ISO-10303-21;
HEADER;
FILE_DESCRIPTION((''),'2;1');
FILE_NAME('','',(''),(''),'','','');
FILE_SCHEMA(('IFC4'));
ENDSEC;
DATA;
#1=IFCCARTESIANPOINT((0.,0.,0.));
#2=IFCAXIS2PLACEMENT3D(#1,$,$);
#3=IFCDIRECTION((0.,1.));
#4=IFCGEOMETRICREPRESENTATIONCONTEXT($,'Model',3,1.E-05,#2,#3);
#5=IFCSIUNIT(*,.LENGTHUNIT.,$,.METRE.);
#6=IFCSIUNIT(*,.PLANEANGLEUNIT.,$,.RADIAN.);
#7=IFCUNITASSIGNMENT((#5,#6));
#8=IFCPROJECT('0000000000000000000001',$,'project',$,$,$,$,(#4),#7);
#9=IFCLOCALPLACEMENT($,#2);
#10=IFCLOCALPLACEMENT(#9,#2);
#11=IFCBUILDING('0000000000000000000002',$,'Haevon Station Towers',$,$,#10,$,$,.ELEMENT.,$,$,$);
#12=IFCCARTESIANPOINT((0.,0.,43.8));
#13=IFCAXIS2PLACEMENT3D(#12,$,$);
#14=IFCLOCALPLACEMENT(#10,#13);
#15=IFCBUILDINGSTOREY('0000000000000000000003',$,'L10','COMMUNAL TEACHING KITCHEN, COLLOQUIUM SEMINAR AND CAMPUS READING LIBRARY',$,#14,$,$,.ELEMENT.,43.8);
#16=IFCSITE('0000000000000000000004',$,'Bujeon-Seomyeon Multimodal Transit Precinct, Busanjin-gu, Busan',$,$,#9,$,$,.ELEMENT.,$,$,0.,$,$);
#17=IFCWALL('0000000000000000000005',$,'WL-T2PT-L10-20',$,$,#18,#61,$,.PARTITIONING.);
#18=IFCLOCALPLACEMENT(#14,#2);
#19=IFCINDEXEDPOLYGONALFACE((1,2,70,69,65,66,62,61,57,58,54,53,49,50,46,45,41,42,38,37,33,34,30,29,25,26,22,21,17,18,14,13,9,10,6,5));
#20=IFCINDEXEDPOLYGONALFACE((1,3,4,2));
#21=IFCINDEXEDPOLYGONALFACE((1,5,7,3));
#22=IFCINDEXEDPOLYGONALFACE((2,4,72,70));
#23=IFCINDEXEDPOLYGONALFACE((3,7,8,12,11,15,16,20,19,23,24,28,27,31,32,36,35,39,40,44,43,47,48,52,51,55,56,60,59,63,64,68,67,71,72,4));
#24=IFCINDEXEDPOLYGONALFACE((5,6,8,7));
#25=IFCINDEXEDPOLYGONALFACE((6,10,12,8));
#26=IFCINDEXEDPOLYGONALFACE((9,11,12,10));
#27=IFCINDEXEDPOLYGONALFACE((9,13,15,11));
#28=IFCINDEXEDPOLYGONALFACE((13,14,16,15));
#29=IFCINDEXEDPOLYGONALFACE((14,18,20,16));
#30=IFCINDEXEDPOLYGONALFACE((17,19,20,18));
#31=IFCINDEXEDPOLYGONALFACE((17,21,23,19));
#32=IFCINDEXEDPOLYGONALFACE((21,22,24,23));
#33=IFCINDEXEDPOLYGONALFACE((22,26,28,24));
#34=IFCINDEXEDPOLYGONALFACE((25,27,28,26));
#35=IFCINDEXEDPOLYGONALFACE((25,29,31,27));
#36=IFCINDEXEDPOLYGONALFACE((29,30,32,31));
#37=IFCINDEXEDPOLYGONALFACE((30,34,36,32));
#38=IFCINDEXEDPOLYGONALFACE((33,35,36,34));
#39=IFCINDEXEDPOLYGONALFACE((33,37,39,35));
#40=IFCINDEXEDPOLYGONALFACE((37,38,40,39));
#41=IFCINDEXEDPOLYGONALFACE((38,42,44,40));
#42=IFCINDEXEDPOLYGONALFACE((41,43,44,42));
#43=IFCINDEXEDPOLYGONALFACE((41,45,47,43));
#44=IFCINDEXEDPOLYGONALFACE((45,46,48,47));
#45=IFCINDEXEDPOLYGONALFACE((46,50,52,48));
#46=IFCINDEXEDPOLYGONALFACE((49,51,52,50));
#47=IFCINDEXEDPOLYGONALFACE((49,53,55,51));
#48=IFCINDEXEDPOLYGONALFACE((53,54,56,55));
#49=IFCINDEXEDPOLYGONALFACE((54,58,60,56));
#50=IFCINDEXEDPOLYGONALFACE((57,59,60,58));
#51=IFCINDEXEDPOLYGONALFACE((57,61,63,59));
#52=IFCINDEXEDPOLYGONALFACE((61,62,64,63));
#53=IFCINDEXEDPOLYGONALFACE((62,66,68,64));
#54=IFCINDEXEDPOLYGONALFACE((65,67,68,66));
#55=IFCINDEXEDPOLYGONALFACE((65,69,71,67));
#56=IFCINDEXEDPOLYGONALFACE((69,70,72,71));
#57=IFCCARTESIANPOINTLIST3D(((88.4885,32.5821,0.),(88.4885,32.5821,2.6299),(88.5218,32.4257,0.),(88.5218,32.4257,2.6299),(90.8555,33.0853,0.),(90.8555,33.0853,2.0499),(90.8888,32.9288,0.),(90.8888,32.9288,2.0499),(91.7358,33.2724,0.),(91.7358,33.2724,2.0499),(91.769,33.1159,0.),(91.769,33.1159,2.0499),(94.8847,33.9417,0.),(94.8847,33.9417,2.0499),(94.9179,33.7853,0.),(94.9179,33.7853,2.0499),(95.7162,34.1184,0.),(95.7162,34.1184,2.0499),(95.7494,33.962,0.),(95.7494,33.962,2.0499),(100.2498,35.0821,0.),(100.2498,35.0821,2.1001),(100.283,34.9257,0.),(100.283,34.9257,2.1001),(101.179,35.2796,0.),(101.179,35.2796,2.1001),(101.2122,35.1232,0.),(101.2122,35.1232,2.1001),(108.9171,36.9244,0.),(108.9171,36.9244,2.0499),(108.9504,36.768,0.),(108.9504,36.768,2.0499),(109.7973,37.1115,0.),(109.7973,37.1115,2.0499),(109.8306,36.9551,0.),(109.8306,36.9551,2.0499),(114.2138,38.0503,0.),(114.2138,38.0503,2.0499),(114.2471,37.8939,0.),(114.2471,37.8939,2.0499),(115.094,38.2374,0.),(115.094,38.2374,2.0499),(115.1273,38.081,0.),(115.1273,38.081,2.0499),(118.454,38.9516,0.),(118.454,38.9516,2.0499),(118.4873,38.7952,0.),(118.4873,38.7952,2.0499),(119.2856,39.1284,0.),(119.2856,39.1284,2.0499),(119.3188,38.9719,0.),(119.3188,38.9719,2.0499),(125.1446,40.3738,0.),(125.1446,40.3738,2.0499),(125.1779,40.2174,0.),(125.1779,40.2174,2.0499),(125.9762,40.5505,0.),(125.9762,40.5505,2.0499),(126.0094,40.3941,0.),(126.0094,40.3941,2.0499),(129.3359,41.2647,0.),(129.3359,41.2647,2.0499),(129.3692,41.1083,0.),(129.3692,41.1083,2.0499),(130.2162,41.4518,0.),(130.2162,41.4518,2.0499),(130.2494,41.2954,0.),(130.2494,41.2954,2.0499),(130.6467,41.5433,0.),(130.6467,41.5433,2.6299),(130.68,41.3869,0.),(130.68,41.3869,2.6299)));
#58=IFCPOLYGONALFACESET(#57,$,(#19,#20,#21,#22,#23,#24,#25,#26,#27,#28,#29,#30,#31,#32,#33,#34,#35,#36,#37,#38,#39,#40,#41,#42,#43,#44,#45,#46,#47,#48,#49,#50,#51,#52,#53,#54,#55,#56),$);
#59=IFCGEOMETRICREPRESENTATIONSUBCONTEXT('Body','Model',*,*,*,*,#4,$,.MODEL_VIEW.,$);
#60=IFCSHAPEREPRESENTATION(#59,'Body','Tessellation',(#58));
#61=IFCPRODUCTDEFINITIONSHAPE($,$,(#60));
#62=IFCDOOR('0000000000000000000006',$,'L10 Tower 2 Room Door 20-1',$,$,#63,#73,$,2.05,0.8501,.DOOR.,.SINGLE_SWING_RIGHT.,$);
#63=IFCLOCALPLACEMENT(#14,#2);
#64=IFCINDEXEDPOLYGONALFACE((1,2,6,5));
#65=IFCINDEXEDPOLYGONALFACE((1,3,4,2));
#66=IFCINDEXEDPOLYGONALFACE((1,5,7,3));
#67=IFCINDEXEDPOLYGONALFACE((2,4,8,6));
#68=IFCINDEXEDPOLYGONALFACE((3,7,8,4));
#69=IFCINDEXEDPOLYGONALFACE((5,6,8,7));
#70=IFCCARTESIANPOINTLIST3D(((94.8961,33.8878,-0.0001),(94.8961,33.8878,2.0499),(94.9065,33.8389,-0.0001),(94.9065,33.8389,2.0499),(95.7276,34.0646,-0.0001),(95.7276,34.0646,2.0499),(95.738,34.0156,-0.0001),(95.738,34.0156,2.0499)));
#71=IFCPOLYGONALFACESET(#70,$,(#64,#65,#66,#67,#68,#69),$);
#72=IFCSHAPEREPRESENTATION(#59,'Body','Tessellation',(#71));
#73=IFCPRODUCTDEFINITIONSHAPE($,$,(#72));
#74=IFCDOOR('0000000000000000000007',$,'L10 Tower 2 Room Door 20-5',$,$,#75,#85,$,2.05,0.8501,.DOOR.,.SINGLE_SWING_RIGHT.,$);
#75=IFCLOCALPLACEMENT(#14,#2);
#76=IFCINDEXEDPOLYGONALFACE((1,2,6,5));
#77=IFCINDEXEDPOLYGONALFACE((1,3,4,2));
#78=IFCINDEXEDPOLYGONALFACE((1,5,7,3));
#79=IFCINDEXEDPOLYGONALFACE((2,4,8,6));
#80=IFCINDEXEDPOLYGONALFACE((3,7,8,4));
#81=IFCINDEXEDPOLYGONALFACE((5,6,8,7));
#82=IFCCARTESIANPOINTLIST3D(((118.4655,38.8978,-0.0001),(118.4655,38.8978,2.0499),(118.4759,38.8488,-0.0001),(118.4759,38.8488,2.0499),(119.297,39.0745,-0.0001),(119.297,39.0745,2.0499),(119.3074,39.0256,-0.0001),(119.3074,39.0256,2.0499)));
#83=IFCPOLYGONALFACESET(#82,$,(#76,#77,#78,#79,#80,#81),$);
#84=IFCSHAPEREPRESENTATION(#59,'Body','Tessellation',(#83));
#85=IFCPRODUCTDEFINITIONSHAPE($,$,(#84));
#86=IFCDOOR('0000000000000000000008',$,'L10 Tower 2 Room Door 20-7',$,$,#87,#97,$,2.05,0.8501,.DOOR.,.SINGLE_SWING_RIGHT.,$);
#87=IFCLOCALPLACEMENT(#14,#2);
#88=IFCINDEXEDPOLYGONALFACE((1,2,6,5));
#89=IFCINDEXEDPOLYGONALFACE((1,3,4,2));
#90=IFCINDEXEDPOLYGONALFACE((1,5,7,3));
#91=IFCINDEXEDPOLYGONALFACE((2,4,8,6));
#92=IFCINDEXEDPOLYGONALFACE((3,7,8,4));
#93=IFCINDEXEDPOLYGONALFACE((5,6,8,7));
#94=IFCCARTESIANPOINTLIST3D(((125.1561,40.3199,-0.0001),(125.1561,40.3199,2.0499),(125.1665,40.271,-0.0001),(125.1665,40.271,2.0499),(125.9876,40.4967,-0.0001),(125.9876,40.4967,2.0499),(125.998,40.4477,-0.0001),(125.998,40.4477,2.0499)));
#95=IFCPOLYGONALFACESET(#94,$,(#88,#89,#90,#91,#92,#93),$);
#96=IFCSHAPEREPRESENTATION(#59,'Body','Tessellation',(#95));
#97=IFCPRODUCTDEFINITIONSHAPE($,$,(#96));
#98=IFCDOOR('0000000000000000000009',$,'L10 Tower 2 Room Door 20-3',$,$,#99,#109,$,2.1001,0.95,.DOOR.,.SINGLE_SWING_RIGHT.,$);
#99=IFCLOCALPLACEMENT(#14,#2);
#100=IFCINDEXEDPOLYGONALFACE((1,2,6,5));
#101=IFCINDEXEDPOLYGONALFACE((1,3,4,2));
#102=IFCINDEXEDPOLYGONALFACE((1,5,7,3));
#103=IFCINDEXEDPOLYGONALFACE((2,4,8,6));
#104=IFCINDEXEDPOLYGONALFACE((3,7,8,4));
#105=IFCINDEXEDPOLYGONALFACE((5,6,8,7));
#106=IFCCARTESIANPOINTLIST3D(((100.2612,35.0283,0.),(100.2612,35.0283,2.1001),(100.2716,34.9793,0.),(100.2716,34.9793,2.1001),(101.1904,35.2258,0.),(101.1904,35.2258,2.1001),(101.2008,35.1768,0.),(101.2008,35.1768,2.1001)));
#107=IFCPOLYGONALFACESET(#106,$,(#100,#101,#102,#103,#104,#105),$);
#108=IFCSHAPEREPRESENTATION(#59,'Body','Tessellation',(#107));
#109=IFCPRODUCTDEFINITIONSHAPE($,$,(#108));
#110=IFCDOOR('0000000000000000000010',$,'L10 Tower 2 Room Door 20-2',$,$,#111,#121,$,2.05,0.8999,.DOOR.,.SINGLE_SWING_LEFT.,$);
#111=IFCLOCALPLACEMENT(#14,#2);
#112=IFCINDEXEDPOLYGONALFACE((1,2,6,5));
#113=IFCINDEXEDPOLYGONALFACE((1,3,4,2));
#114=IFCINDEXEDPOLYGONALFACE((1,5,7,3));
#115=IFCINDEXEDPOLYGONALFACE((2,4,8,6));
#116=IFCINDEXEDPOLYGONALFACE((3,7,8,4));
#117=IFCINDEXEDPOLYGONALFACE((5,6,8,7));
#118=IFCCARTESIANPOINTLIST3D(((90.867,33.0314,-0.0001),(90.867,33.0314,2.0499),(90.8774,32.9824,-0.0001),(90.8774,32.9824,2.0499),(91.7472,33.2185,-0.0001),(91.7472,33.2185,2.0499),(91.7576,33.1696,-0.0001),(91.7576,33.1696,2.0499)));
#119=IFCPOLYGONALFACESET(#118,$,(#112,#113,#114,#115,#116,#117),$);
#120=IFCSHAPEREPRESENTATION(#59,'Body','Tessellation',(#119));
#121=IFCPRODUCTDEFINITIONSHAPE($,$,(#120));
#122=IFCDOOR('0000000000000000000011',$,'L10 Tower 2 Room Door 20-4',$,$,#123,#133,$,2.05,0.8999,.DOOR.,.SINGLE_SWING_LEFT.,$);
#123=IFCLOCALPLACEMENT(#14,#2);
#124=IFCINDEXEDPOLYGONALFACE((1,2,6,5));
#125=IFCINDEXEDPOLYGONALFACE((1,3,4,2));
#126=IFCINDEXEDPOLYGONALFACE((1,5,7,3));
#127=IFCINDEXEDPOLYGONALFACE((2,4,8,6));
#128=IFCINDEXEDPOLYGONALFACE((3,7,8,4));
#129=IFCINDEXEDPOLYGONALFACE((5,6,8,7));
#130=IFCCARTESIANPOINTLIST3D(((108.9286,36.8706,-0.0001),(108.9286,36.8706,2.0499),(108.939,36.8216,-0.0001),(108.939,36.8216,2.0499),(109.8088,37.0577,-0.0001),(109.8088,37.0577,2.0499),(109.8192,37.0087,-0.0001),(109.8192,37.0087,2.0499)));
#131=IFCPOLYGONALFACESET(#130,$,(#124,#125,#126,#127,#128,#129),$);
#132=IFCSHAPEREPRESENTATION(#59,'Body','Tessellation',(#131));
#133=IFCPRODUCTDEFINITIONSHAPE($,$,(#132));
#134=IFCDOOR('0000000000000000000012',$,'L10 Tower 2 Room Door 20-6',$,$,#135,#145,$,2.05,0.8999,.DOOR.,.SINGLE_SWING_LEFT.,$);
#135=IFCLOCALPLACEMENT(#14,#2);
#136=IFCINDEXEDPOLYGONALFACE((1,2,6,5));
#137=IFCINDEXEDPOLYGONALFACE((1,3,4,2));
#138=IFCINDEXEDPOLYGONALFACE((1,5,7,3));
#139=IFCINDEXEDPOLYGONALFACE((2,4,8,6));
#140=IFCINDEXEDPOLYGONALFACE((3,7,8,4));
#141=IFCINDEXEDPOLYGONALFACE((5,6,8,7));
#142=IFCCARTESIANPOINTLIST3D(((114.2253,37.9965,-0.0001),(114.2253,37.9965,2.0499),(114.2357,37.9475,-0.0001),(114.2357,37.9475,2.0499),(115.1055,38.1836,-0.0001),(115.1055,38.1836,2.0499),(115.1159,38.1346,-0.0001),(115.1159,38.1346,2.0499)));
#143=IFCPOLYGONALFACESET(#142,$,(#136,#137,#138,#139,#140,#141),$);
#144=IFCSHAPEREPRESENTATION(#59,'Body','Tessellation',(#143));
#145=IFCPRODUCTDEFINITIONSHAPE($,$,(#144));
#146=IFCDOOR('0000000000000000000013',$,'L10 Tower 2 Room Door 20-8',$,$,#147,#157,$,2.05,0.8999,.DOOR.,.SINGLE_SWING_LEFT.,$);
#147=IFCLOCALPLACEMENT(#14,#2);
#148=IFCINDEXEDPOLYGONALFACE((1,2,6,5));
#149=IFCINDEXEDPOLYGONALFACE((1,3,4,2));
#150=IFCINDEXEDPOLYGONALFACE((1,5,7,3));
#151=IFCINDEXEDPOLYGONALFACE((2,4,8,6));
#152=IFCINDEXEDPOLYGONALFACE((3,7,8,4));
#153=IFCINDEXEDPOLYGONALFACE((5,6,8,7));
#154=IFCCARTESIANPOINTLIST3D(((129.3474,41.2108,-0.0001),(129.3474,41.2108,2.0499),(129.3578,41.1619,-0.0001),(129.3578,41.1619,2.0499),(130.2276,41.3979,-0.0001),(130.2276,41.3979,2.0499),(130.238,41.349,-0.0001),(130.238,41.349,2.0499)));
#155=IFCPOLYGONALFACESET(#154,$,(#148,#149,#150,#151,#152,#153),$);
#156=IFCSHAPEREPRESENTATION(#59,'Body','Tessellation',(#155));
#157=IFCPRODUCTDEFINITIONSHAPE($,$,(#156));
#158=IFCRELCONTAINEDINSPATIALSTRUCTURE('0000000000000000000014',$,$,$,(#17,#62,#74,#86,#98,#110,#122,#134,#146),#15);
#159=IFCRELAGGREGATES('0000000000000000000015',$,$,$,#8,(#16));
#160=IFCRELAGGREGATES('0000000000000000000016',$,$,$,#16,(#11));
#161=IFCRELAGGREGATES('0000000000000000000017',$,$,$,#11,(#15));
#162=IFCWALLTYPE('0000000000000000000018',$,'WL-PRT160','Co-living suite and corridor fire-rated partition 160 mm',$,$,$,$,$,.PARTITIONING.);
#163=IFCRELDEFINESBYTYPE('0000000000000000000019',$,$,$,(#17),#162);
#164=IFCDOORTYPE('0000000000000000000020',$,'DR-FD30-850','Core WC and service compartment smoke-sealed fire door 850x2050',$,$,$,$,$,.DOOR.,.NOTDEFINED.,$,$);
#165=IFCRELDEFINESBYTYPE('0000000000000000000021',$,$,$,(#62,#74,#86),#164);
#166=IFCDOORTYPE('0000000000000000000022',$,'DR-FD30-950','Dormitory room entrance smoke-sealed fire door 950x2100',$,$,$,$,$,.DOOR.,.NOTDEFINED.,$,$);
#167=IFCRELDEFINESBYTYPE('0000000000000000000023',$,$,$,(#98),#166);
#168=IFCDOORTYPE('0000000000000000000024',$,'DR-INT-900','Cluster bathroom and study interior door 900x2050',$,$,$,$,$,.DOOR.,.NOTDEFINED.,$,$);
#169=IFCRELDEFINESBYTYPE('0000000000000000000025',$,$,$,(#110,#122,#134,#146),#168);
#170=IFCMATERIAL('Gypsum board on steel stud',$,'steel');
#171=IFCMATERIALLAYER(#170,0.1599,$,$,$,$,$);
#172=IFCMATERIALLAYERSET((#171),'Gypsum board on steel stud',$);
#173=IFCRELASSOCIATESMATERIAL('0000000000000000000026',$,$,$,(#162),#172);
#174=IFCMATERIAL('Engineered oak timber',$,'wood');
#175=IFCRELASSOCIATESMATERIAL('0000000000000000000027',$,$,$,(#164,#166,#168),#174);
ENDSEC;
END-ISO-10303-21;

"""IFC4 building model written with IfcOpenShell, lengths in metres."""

from ifc_helpers import new_model, si_unit, direction, frame, frame_2d, origin, place, context, subcontext, project, spatial, rectangle, extrude, material, layer, layer_set, type_object, element, fill, save


model = new_model("IFC4")

# Units and contexts
model_context = context("Model", 3, precision=1e-05, world=origin(), true_north=direction((0.0, 1.0)))
body_context = subcontext(model_context, "Body", "Model", "MODEL_VIEW")
ifc_project = project(units=[si_unit("LENGTHUNIT", "METRE"), si_unit("PLANEANGLEUNIT", "RADIAN")], contexts=[model_context])

# Site, building, storey
site_placement = place(None, origin())
site = spatial("IfcSite", under=ifc_project, at=site_placement, Name="Bujeon-Seomyeon Multimodal Transit Precinct, Busanjin-gu, Busan", CompositionType="ELEMENT", RefElevation=0.0)
building_placement = place(site_placement, origin())
building = spatial("IfcBuilding", under=site, at=building_placement, Name="Haevon Station Towers", CompositionType="ELEMENT")
storey_placement = place(building_placement, frame((0.0, 0.0, 43.8)))
storey = spatial("IfcBuildingStorey", under=building, at=storey_placement, Name="L10", Description="COMMUNAL TEACHING KITCHEN, COLLOQUIUM SEMINAR AND CAMPUS READING LIBRARY", CompositionType="ELEMENT", Elevation=43.8)

# Shared definitions
ifc_material_1 = material(Name="Gypsum board on steel stud", Category="steel")
ifc_layer_1 = layer(ifc_material_1, 0.1599)
ifc_layer_set_1 = layer_set([ifc_layer_1], Name="Gypsum board on steel stud")
wall_type_1 = type_object("IfcWallType", Name="WL-PRT160", Description="Co-living suite and corridor fire-rated partition 160 mm", PredefinedType="PARTITIONING", material=ifc_layer_set_1)

# Wall, openings, doors
wall_1_placement = place(storey_placement, frame((88.5051, 32.5039, 0.0), z_axis=(0.0, 0.0, 1.0), x_axis=(0.978147, 0.207916, 0.0)))
wall_1 = element("IfcWall", 1, at=wall_1_placement, inside=storey, type_object=wall_type_1, Name="WL-T2PT-L10-20", PredefinedType="PARTITIONING", context=body_context, shape_type="SweptSolid", body=[
    extrude(rectangle(XDim=43.1001, YDim=0.1599, at=frame_2d((21.55, 0.0))), origin(), (0.0, 0.0, 1.0), 2.6299),
])
opening_1_placement = place(wall_1_placement, frame((6.5391, 0.0, 0.0)))
opening_1 = element("IfcOpeningElement", 2, at=opening_1_placement, cuts=wall_1, PredefinedType="OPENING", context=body_context, shape_type="SweptSolid", body=[
    extrude(rectangle(XDim=0.8501, YDim=2.05, at=frame_2d((0.425, 1.0249))), frame((0.0, 0.0898, 0.0), z_axis=(0.0, -1.0, 0.0), x_axis=(1.0, 0.0, 0.0)), (0.0, 0.0, 1.0), 0.1799),
])
opening_2_placement = place(wall_1_placement, frame((2.4199, 0.0, 0.0)))
opening_2 = element("IfcOpeningElement", 3, at=opening_2_placement, cuts=wall_1, PredefinedType="OPENING", context=body_context, shape_type="SweptSolid", body=[
    extrude(rectangle(XDim=0.8999, YDim=2.05, at=frame_2d((0.45, 1.0249))), frame((0.0, 0.0898, 0.0), z_axis=(0.0, -1.0, 0.0), x_axis=(1.0, 0.0, 0.0)), (0.0, 0.0, 1.0), 0.1799),
])
opening_3_placement = place(wall_1_placement, frame((12.0239, 0.0, 0.0)))
opening_3 = element("IfcOpeningElement", 4, at=opening_3_placement, cuts=wall_1, PredefinedType="OPENING", context=body_context, shape_type="SweptSolid", body=[
    extrude(rectangle(XDim=0.95, YDim=2.1001, at=frame_2d((0.4751, 1.05))), frame((0.0, 0.0898, 0.0), z_axis=(0.0, -1.0, 0.0), x_axis=(1.0, 0.0, 0.0)), (0.0, 0.0, 1.0), 0.1799),
])
opening_4_placement = place(wall_1_placement, frame((20.885, 0.0, 0.0)))
opening_4 = element("IfcOpeningElement", 5, at=opening_4_placement, cuts=wall_1, PredefinedType="OPENING", context=body_context, shape_type="SweptSolid", body=[
    extrude(rectangle(XDim=0.8999, YDim=2.05, at=frame_2d((0.45, 1.0249))), frame((0.0, 0.0898, 0.0), z_axis=(0.0, -1.0, 0.0), x_axis=(1.0, 0.0, 0.0)), (0.0, 0.0, 1.0), 0.1799),
])
opening_5_placement = place(wall_1_placement, frame((30.635, 0.0, 0.0)))
opening_5 = element("IfcOpeningElement", 6, at=opening_5_placement, cuts=wall_1, PredefinedType="OPENING", context=body_context, shape_type="SweptSolid", body=[
    extrude(rectangle(XDim=0.8501, YDim=2.05, at=frame_2d((0.425, 1.0249))), frame((0.0, 0.0898, 0.0), z_axis=(0.0, -1.0, 0.0), x_axis=(1.0, 0.0, 0.0)), (0.0, 0.0, 1.0), 0.1799),
])
opening_6_placement = place(wall_1_placement, frame((26.3, 0.0, 0.0)))
opening_6 = element("IfcOpeningElement", 7, at=opening_6_placement, cuts=wall_1, PredefinedType="OPENING", context=body_context, shape_type="SweptSolid", body=[
    extrude(rectangle(XDim=0.8999, YDim=2.05, at=frame_2d((0.45, 1.0249))), frame((0.0, 0.0898, 0.0), z_axis=(0.0, -1.0, 0.0), x_axis=(1.0, 0.0, 0.0)), (0.0, 0.0, 1.0), 0.1799),
])
opening_7_placement = place(wall_1_placement, frame((37.4751, 0.0, 0.0)))
opening_7 = element("IfcOpeningElement", 8, at=opening_7_placement, cuts=wall_1, PredefinedType="OPENING", context=body_context, shape_type="SweptSolid", body=[
    extrude(rectangle(XDim=0.8501, YDim=2.05, at=frame_2d((0.425, 1.0249))), frame((0.0, 0.0898, 0.0), z_axis=(0.0, -1.0, 0.0), x_axis=(1.0, 0.0, 0.0)), (0.0, 0.0, 1.0), 0.1799),
])
opening_8_placement = place(wall_1_placement, frame((41.76, 0.0, 0.0)))
opening_8 = element("IfcOpeningElement", 9, at=opening_8_placement, cuts=wall_1, PredefinedType="OPENING", context=body_context, shape_type="SweptSolid", body=[
    extrude(rectangle(XDim=0.8999, YDim=2.05, at=frame_2d((0.45, 1.0249))), frame((0.0, 0.0898, 0.0), z_axis=(0.0, -1.0, 0.0), x_axis=(1.0, 0.0, 0.0)), (0.0, 0.0, 1.0), 0.1799),
])
ifc_material_2 = material(Name="Engineered oak timber", Category="wood")
door_type_1 = type_object("IfcDoorType", Name="DR-FD30-850", Description="Core WC and service compartment smoke-sealed fire door 850x2050", OperationType="NOTDEFINED", PredefinedType="DOOR", material=ifc_material_2)
door_1_placement = place(opening_1_placement, origin())
door_1 = element("IfcDoor", 10, at=door_1_placement, inside=storey, type_object=door_type_1, Name="L10 Tower 2 Room Door 20-1", OperationType="SINGLE_SWING_RIGHT", OverallHeight=2.05, OverallWidth=0.8501, PredefinedType="DOOR", context=body_context, shape_type="SweptSolid", body=[
    extrude(rectangle(XDim=0.8501, YDim=2.05, at=frame_2d((0.425, 1.0249))), frame((0.0, 0.0249, 0.0), z_axis=(0.0, -1.0, 0.0), x_axis=(1.0, 0.0, 0.0)), (0.0, 0.0, 1.0), 0.05),
])
fill(opening_1, door_1)
door_2_placement = place(opening_5_placement, origin())
door_2 = element("IfcDoor", 11, at=door_2_placement, inside=storey, type_object=door_type_1, Name="L10 Tower 2 Room Door 20-5", OperationType="SINGLE_SWING_RIGHT", OverallHeight=2.05, OverallWidth=0.8501, PredefinedType="DOOR", context=body_context, shape_type="SweptSolid", body=[
    extrude(rectangle(XDim=0.8501, YDim=2.05, at=frame_2d((0.425, 1.0249))), frame((0.0, 0.0249, 0.0), z_axis=(0.0, -1.0, 0.0), x_axis=(1.0, 0.0, 0.0)), (0.0, 0.0, 1.0), 0.05),
])
fill(opening_5, door_2)
door_3_placement = place(opening_7_placement, origin())
door_3 = element("IfcDoor", 12, at=door_3_placement, inside=storey, type_object=door_type_1, Name="L10 Tower 2 Room Door 20-7", OperationType="SINGLE_SWING_RIGHT", OverallHeight=2.05, OverallWidth=0.8501, PredefinedType="DOOR", context=body_context, shape_type="SweptSolid", body=[
    extrude(rectangle(XDim=0.8501, YDim=2.05, at=frame_2d((0.425, 1.0249))), frame((0.0, 0.0249, 0.0), z_axis=(0.0, -1.0, 0.0), x_axis=(1.0, 0.0, 0.0)), (0.0, 0.0, 1.0), 0.05),
])
fill(opening_7, door_3)
door_type_2 = type_object("IfcDoorType", Name="DR-FD30-950", Description="Dormitory room entrance smoke-sealed fire door 950x2100", OperationType="NOTDEFINED", PredefinedType="DOOR", material=ifc_material_2)
door_4_placement = place(opening_3_placement, origin())
door_4 = element("IfcDoor", 13, at=door_4_placement, inside=storey, type_object=door_type_2, Name="L10 Tower 2 Room Door 20-3", OperationType="SINGLE_SWING_RIGHT", OverallHeight=2.1001, OverallWidth=0.95, PredefinedType="DOOR", context=body_context, shape_type="SweptSolid", body=[
    extrude(rectangle(XDim=0.95, YDim=2.1001, at=frame_2d((0.4751, 1.05))), frame((0.0, 0.0249, 0.0), z_axis=(0.0, -1.0, 0.0), x_axis=(1.0, 0.0, 0.0)), (0.0, 0.0, 1.0), 0.05),
])
fill(opening_3, door_4)
door_type_3 = type_object("IfcDoorType", Name="DR-INT-900", Description="Cluster bathroom and study interior door 900x2050", OperationType="NOTDEFINED", PredefinedType="DOOR", material=ifc_material_2)
door_5_placement = place(opening_2_placement, origin())
door_5 = element("IfcDoor", 14, at=door_5_placement, inside=storey, type_object=door_type_3, Name="L10 Tower 2 Room Door 20-2", OperationType="SINGLE_SWING_LEFT", OverallHeight=2.05, OverallWidth=0.8999, PredefinedType="DOOR", context=body_context, shape_type="SweptSolid", body=[
    extrude(rectangle(XDim=0.8999, YDim=2.05, at=frame_2d((0.45, 1.0249))), frame((0.0, 0.0249, 0.0), z_axis=(0.0, -1.0, 0.0), x_axis=(1.0, 0.0, 0.0)), (0.0, 0.0, 1.0), 0.05),
])
fill(opening_2, door_5)
door_6_placement = place(opening_4_placement, origin())
door_6 = element("IfcDoor", 15, at=door_6_placement, inside=storey, type_object=door_type_3, Name="L10 Tower 2 Room Door 20-4", OperationType="SINGLE_SWING_LEFT", OverallHeight=2.05, OverallWidth=0.8999, PredefinedType="DOOR", context=body_context, shape_type="SweptSolid", body=[
    extrude(rectangle(XDim=0.8999, YDim=2.05, at=frame_2d((0.45, 1.0249))), frame((0.0, 0.0249, 0.0), z_axis=(0.0, -1.0, 0.0), x_axis=(1.0, 0.0, 0.0)), (0.0, 0.0, 1.0), 0.05),
])
fill(opening_4, door_6)
door_7_placement = place(opening_6_placement, origin())
door_7 = element("IfcDoor", 16, at=door_7_placement, inside=storey, type_object=door_type_3, Name="L10 Tower 2 Room Door 20-6", OperationType="SINGLE_SWING_LEFT", OverallHeight=2.05, OverallWidth=0.8999, PredefinedType="DOOR", context=body_context, shape_type="SweptSolid", body=[
    extrude(rectangle(XDim=0.8999, YDim=2.05, at=frame_2d((0.45, 1.0249))), frame((0.0, 0.0249, 0.0), z_axis=(0.0, -1.0, 0.0), x_axis=(1.0, 0.0, 0.0)), (0.0, 0.0, 1.0), 0.05),
])
fill(opening_6, door_7)
door_8_placement = place(opening_8_placement, origin())
door_8 = element("IfcDoor", 17, at=door_8_placement, inside=storey, type_object=door_type_3, Name="L10 Tower 2 Room Door 20-8", OperationType="SINGLE_SWING_LEFT", OverallHeight=2.05, OverallWidth=0.8999, PredefinedType="DOOR", context=body_context, shape_type="SweptSolid", body=[
    extrude(rectangle(XDim=0.8999, YDim=2.05, at=frame_2d((0.45, 1.0249))), frame((0.0, 0.0249, 0.0), z_axis=(0.0, -1.0, 0.0), x_axis=(1.0, 0.0, 0.0)), (0.0, 0.0, 1.0), 0.05),
])
fill(opening_8, door_8)

save(model, "model.ifc")
